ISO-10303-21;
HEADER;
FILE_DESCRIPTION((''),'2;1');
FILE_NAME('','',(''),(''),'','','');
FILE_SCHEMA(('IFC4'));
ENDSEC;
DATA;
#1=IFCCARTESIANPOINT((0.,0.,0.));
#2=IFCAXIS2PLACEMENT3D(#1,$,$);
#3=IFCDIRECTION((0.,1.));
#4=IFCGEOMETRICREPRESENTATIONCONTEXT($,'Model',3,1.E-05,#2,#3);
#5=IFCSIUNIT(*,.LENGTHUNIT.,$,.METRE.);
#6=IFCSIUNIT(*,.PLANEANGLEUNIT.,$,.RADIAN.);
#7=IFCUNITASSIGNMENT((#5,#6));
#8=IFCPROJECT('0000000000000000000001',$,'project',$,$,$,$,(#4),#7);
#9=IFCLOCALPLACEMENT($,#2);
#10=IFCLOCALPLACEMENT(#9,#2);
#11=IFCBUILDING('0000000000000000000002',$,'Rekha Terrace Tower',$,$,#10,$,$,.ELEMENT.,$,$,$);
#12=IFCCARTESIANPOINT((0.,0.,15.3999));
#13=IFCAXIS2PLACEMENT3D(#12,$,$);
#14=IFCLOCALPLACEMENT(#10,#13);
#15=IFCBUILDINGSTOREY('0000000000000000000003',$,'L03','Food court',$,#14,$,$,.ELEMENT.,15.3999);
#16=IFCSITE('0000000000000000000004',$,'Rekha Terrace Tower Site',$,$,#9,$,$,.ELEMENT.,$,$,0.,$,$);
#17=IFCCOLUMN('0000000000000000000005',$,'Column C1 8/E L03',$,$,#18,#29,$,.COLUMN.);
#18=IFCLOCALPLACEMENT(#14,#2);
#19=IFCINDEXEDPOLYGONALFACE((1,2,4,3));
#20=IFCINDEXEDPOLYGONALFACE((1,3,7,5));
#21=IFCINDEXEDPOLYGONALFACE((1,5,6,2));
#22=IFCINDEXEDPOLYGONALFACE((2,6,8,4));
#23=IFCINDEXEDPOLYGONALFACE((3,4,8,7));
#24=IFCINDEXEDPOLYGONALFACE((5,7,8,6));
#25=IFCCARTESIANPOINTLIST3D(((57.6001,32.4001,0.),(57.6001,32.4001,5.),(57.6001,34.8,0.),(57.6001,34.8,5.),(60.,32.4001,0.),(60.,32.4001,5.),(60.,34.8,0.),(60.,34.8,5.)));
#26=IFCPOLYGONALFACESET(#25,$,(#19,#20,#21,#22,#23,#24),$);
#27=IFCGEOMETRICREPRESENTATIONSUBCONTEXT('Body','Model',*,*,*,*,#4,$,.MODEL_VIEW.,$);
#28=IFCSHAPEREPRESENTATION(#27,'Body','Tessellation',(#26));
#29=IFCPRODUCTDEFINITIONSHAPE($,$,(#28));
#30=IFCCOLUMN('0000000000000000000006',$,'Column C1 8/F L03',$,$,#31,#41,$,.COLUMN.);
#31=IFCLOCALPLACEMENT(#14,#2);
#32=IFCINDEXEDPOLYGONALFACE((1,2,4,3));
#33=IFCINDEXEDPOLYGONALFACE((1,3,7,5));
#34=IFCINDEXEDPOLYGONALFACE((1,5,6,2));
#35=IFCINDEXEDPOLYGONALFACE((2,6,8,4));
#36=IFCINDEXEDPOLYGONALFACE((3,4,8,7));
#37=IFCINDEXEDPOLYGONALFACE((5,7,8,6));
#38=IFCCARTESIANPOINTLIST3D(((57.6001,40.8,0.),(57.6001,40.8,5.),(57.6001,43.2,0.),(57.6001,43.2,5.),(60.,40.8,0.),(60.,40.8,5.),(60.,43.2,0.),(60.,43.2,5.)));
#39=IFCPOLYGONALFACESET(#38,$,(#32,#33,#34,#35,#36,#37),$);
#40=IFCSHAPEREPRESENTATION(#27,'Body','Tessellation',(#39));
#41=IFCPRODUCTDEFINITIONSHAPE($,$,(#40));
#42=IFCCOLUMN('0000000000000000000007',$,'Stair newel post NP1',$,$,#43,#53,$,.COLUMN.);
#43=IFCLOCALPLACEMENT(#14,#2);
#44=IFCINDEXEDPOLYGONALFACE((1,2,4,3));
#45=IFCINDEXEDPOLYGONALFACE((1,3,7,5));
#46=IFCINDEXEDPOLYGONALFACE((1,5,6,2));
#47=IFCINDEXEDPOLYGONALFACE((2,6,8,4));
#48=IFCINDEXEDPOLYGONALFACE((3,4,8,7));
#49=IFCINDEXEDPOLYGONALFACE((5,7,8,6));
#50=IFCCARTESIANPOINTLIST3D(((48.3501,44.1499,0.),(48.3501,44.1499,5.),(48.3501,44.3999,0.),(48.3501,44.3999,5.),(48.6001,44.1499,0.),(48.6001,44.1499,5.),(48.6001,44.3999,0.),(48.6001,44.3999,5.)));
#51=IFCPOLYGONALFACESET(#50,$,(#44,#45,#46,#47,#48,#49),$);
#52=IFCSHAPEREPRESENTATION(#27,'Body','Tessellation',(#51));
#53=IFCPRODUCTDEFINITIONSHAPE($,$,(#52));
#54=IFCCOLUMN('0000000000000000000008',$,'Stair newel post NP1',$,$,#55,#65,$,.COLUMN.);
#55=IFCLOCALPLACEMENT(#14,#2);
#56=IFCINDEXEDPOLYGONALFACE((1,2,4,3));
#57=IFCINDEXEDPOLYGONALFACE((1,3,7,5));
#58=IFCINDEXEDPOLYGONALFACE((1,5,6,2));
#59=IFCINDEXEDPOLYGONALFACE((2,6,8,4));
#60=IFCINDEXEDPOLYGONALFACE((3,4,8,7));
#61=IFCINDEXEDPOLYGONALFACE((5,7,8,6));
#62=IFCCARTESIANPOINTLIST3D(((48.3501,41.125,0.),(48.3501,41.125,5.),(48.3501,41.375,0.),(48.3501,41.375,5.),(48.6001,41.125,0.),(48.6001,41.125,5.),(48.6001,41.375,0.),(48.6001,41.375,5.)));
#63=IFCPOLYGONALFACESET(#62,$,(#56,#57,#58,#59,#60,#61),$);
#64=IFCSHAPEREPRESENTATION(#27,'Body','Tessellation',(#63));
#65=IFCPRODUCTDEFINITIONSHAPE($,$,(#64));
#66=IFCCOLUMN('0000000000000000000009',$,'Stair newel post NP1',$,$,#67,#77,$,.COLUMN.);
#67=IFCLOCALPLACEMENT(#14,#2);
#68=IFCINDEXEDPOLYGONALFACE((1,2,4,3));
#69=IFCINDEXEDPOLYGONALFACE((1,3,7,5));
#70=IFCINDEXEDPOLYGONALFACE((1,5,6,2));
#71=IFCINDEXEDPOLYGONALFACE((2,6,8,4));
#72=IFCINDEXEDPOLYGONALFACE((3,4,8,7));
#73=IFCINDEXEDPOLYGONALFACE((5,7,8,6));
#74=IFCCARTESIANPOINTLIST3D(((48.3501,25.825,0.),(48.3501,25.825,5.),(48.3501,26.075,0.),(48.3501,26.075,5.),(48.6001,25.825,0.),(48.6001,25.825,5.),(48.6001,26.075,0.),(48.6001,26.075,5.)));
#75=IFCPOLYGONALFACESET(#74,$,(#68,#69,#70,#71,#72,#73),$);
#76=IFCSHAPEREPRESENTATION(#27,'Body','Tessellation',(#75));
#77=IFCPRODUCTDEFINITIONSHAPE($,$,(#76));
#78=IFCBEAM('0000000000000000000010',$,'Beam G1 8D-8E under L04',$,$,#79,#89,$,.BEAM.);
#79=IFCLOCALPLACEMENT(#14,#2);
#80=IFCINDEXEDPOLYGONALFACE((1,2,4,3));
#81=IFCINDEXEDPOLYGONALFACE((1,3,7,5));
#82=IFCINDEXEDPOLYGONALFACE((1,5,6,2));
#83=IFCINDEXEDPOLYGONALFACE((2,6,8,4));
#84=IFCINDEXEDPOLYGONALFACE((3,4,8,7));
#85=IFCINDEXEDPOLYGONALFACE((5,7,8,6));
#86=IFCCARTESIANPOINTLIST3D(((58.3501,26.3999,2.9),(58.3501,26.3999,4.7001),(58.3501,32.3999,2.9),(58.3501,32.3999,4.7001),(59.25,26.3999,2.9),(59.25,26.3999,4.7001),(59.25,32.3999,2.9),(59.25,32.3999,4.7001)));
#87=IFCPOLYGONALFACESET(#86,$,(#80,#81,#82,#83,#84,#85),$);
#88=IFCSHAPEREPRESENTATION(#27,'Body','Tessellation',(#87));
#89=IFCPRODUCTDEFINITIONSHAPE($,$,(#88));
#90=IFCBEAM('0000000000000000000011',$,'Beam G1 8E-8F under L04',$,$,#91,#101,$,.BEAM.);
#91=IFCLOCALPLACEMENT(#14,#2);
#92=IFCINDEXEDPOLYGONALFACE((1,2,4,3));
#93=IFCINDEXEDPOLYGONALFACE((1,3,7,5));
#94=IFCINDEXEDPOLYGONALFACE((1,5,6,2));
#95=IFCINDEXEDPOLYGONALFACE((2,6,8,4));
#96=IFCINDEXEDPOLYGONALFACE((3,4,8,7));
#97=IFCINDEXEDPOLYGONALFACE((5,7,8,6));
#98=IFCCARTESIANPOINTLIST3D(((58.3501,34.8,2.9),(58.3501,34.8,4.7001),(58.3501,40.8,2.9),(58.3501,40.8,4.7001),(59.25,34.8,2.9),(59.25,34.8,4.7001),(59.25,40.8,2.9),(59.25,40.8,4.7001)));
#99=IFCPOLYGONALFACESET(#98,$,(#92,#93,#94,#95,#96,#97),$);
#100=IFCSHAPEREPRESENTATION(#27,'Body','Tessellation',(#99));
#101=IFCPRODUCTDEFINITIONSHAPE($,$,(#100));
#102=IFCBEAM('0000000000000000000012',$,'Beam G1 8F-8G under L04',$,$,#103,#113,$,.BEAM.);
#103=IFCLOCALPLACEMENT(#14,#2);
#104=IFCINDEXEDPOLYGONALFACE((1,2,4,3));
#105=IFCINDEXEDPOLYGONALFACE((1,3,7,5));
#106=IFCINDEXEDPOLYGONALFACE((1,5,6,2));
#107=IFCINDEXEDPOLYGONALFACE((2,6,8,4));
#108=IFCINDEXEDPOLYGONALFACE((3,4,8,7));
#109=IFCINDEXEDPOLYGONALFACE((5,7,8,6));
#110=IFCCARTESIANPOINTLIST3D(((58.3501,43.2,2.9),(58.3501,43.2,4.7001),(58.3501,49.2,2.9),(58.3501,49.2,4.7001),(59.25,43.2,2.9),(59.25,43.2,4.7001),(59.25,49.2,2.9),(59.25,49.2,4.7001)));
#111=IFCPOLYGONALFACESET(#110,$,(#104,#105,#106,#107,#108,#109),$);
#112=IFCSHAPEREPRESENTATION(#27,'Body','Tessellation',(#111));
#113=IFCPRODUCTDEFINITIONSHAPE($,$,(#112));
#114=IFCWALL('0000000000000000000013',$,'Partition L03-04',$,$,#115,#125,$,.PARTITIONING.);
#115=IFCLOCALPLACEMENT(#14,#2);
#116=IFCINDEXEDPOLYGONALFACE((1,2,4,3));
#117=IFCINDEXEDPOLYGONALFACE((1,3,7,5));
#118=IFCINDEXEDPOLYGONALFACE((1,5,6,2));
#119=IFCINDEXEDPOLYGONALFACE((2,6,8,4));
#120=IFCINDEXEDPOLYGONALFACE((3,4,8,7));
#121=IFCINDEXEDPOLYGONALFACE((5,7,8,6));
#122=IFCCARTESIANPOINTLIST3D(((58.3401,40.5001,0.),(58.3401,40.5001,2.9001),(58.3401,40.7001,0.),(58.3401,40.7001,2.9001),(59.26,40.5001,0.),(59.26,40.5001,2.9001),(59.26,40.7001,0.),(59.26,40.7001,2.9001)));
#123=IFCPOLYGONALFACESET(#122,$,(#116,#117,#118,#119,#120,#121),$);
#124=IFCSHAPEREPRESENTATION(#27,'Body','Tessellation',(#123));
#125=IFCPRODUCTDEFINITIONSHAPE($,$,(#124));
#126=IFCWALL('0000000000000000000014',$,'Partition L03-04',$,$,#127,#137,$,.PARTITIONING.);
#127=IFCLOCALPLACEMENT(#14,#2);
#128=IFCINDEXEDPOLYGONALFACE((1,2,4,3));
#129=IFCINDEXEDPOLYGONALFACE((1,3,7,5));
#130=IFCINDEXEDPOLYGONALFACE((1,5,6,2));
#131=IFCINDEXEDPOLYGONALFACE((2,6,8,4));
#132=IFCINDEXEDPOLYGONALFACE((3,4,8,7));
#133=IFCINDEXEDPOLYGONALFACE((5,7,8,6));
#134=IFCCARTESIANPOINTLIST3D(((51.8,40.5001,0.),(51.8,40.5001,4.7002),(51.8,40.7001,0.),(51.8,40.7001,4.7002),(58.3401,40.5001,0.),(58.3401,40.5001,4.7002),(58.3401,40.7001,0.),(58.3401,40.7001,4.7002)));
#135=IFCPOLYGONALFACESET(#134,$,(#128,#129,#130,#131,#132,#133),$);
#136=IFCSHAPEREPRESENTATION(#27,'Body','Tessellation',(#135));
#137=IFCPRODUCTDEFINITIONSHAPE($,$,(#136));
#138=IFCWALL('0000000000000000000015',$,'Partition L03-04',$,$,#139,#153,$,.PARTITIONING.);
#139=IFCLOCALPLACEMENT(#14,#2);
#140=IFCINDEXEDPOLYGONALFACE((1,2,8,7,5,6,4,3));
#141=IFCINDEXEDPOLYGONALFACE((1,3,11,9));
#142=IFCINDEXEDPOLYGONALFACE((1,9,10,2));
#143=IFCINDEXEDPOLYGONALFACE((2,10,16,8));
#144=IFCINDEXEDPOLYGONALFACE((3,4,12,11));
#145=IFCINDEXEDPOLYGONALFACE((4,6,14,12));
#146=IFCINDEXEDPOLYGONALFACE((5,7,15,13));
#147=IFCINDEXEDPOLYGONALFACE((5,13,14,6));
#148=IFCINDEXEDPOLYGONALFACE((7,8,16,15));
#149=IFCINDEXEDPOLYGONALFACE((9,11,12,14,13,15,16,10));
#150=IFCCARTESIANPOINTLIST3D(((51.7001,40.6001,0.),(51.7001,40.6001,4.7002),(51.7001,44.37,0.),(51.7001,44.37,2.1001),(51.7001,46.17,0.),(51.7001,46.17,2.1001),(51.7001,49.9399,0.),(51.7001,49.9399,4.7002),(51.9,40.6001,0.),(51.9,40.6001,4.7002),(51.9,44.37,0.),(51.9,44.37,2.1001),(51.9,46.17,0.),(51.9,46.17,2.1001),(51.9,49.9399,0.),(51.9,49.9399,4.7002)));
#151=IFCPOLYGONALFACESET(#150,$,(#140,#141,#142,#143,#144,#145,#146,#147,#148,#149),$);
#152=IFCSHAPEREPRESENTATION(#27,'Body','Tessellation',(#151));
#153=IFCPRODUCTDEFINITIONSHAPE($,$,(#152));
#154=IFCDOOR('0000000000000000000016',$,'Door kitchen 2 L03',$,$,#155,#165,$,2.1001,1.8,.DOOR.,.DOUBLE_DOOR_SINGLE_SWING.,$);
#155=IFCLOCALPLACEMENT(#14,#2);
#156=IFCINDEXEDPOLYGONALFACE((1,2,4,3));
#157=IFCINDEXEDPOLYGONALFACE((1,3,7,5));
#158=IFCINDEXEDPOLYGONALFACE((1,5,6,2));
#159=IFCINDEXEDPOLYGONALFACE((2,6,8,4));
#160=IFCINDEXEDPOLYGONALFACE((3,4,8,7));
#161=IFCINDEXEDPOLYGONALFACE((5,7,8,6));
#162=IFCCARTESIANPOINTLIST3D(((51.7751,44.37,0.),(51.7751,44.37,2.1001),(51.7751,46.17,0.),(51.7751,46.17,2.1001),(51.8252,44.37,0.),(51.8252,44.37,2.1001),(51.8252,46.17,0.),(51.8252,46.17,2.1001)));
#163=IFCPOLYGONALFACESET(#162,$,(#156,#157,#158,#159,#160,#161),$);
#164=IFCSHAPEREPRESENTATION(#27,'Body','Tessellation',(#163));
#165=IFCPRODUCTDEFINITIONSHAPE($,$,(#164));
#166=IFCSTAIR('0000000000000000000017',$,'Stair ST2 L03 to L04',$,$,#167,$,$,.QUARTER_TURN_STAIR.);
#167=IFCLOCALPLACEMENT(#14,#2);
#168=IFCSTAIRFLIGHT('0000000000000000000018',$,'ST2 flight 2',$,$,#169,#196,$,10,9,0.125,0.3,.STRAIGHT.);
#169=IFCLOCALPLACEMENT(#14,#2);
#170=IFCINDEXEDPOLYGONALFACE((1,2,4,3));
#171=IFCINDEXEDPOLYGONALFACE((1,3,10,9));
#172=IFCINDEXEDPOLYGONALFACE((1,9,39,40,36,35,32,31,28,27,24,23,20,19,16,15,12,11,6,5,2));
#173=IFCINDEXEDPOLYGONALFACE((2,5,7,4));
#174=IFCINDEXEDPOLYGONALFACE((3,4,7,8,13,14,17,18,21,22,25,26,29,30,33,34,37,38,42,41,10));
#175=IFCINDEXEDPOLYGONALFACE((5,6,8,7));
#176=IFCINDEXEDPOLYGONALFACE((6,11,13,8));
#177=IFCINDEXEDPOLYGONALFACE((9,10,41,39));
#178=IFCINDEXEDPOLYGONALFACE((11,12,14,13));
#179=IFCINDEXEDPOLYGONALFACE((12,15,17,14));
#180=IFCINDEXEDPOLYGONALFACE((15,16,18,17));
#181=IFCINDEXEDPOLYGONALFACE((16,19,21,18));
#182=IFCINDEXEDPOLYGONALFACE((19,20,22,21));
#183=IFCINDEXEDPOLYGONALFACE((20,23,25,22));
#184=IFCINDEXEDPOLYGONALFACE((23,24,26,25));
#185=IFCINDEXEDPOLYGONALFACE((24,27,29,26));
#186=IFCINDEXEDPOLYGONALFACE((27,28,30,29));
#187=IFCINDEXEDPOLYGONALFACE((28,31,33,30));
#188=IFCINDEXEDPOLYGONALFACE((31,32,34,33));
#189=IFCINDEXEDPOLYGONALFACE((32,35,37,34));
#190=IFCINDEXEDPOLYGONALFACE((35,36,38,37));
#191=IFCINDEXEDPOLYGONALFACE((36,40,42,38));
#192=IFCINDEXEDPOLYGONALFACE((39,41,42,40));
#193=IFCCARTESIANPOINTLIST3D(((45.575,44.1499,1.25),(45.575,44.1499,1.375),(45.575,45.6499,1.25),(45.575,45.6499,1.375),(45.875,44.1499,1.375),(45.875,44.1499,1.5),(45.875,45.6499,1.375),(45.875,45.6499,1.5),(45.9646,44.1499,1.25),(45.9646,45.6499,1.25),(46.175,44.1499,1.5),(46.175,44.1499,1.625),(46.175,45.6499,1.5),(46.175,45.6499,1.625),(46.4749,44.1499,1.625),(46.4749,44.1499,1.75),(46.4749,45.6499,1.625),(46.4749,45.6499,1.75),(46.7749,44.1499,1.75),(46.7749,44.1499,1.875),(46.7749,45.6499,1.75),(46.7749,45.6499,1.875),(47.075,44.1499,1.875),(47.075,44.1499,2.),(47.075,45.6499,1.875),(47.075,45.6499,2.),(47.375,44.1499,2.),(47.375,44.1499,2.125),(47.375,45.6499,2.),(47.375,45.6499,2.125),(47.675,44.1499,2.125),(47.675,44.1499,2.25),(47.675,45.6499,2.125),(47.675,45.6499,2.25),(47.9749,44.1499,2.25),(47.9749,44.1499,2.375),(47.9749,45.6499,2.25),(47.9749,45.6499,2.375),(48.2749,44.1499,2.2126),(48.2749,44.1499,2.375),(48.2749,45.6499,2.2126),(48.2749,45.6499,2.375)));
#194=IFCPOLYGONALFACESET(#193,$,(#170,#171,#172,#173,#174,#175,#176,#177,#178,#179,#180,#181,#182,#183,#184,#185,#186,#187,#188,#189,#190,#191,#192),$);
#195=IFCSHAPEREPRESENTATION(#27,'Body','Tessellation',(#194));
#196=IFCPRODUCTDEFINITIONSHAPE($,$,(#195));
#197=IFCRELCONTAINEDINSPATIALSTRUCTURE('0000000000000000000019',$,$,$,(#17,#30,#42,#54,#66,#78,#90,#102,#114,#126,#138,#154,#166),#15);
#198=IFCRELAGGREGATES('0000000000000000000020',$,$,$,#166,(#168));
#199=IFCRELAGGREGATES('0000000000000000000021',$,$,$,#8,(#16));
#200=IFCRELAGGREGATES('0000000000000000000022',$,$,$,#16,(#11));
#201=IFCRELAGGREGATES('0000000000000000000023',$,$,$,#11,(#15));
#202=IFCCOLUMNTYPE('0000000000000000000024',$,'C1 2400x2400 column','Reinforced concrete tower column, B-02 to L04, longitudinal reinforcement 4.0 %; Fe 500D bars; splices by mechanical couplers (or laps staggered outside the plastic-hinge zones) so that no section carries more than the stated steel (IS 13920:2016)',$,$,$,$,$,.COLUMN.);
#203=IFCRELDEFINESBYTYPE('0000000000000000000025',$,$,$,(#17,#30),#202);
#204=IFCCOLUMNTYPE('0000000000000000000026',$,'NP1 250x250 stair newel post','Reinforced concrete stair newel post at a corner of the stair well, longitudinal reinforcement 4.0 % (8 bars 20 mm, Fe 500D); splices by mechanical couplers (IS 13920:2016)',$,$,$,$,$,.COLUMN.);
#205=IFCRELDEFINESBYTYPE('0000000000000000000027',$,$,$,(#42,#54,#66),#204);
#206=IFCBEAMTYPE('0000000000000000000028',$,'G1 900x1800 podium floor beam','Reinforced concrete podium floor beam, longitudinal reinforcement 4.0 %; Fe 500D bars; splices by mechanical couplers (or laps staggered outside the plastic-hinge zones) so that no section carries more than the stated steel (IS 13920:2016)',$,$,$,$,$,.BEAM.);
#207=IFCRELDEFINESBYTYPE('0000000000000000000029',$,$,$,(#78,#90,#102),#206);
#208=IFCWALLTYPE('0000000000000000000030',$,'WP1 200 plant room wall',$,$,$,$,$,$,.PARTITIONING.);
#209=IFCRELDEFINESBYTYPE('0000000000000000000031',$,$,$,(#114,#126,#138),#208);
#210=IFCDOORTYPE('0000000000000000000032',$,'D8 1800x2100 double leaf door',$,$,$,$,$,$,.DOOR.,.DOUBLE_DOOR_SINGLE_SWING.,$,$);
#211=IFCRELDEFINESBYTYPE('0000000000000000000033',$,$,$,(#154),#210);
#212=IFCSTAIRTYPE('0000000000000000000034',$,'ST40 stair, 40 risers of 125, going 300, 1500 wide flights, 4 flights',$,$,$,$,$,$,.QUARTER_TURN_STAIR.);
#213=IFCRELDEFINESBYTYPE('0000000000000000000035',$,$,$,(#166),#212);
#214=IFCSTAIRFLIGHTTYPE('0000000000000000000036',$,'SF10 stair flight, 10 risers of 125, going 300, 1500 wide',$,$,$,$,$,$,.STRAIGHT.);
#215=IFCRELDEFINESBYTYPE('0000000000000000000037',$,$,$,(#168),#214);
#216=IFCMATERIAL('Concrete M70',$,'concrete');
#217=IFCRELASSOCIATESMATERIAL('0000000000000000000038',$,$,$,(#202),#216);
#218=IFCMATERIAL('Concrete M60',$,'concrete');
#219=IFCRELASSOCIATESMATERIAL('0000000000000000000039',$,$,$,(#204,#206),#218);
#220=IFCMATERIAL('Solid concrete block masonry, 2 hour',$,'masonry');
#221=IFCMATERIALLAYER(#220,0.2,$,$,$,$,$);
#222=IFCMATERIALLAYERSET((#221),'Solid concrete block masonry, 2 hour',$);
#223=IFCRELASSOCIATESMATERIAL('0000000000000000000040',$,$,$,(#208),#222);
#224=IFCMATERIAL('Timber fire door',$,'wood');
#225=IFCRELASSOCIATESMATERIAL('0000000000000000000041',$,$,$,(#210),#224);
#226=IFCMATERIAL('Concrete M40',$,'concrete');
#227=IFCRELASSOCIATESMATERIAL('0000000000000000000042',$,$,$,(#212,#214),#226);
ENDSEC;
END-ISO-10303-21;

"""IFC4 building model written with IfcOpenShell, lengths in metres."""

from ifc_helpers import new_model, si_unit, direction, frame, frame_2d, origin, origin_2d, place, context, subcontext, project, spatial, polyline, rectangle, outline, extrude, material, layer, layer_set, material_profile, profile_set, type_object, element, fill, aggregate, save


model = new_model("IFC4")

# Units and contexts
model_context = context("Model", 3, precision=1e-05, world=origin(), true_north=direction((0.0, 1.0)))
body_context = subcontext(model_context, "Body", "Model", "MODEL_VIEW")
ifc_project = project(units=[si_unit("LENGTHUNIT", "METRE"), si_unit("PLANEANGLEUNIT", "RADIAN")], contexts=[model_context])

# Site, building, storey
site_placement = place(None, origin())
site = spatial("IfcSite", under=ifc_project, at=site_placement, Name="Rekha Terrace Tower Site", CompositionType="ELEMENT", RefElevation=0.0)
building_placement = place(site_placement, origin())
building = spatial("IfcBuilding", under=site, at=building_placement, Name="Rekha Terrace Tower", CompositionType="ELEMENT")
storey_placement = place(building_placement, frame((0.0, 0.0, 15.3999)))
storey = spatial("IfcBuildingStorey", under=building, at=storey_placement, Name="L03", Description="Food court", CompositionType="ELEMENT", Elevation=15.3999)

# Columns
ifc_material_1 = material(Name="Concrete M70", Category="concrete")
ifc_material_profile_1 = material_profile(ifc_material_1, rectangle(XDim=2.3999, YDim=2.3999, at=origin_2d()), Name="RC 2400x2400")
ifc_profile_set_1 = profile_set([ifc_material_profile_1], Name="Concrete M70")
column_type_1 = type_object("IfcColumnType", Name="C1 2400x2400 column", Description="Reinforced concrete tower column, B-02 to L04, longitudinal reinforcement 4.0 %; Fe 500D bars; splices by mechanical couplers (or laps staggered outside the plastic-hinge zones) so that no section carries more than the stated steel (IS 13920:2016)", PredefinedType="COLUMN", material=ifc_profile_set_1)
for number, where, z_axis, x_axis, name in (
    (1, (58.8, 33.6001, 0.0), (0.0, 0.0, 1.0), (1.0, 0.0, 0.0), "Column C1 8/E L03"),
    (2, (58.8, 42.0, 0.0), (0.0, 0.0, 1.0), (1.0, 0.0, 0.0), "Column C1 8/F L03"),
):
    element("IfcColumn", number, at=place(storey_placement, frame(where, z_axis=z_axis, x_axis=x_axis)), inside=storey, type_object=column_type_1, Name=name, PredefinedType="COLUMN", context=body_context, shape_type="SweptSolid", body=[
        extrude(rectangle(XDim=2.3999, YDim=2.3999, at=origin_2d()), origin(), (0.0, 0.0, 1.0), 5.0),
    ])
ifc_material_2 = material(Name="Concrete M60", Category="concrete")
ifc_material_profile_2 = material_profile(ifc_material_2, rectangle(XDim=0.25, YDim=0.25, at=origin_2d()), Name="RC 250x250")
ifc_profile_set_2 = profile_set([ifc_material_profile_2], Name="Concrete M60")
column_type_2 = type_object("IfcColumnType", Name="NP1 250x250 stair newel post", Description="Reinforced concrete stair newel post at a corner of the stair well, longitudinal reinforcement 4.0 % (8 bars 20 mm, Fe 500D); splices by mechanical couplers (IS 13920:2016)", PredefinedType="COLUMN", material=ifc_profile_set_2)
for number, where, z_axis, x_axis, name in (
    (3, (48.4751, 44.2749, 0.0), (0.0, 0.0, 1.0), (1.0, 0.0, 0.0), "Stair newel post NP1"),
    (4, (48.4751, 41.25, 0.0), (0.0, 0.0, 1.0), (1.0, 0.0, 0.0), "Stair newel post NP1"),
    (5, (48.4751, 25.95, 0.0), (0.0, 0.0, 1.0), (1.0, 0.0, 0.0), "Stair newel post NP1"),
):
    element("IfcColumn", number, at=place(storey_placement, frame(where, z_axis=z_axis, x_axis=x_axis)), inside=storey, type_object=column_type_2, Name=name, PredefinedType="COLUMN", context=body_context, shape_type="SweptSolid", body=[
        extrude(rectangle(XDim=0.25, YDim=0.25, at=origin_2d()), origin(), (0.0, 0.0, 1.0), 5.0),
    ])

# Beams
ifc_material_profile_3 = material_profile(ifc_material_2, rectangle(XDim=0.8999, YDim=1.8, at=origin_2d()), Name="RC 900x1800")
ifc_profile_set_3 = profile_set([ifc_material_profile_3], Name="Concrete M60")
beam_type = type_object("IfcBeamType", Name="G1 900x1800 podium floor beam", Description="Reinforced concrete podium floor beam, longitudinal reinforcement 4.0 %; Fe 500D bars; splices by mechanical couplers (or laps staggered outside the plastic-hinge zones) so that no section carries more than the stated steel (IS 13920:2016)", PredefinedType="BEAM", material=ifc_profile_set_3)
for number, where, z_axis, x_axis, name in (
    (6, (58.8, 26.3999, 3.8), (0.0, 1.0, 0.0), (-1.0, 0.0, 0.0), "Beam G1 8D-8E under L04"),
    (7, (58.8, 34.8, 3.8), (0.0, 1.0, 0.0), (-1.0, 0.0, 0.0), "Beam G1 8E-8F under L04"),
    (8, (58.8, 43.2, 3.8), (0.0, 1.0, 0.0), (-1.0, 0.0, 0.0), "Beam G1 8F-8G under L04"),
):
    element("IfcBeam", number, at=place(storey_placement, frame(where, z_axis=z_axis, x_axis=x_axis)), inside=storey, type_object=beam_type, Name=name, PredefinedType="BEAM", context=body_context, shape_type="SweptSolid", body=[
        extrude(rectangle(XDim=0.8999, YDim=1.8, at=origin_2d()), origin(), (0.0, 0.0, 1.0), 6.0),
    ])

# Walls
ifc_material_3 = material(Name="Solid concrete block masonry, 2 hour", Category="masonry")
ifc_layer = layer(ifc_material_3, 0.2)
ifc_layer_set = layer_set([ifc_layer], Name="Solid concrete block masonry, 2 hour")
wall_type = type_object("IfcWallType", Name="WP1 200 plant room wall", PredefinedType="PARTITIONING", material=ifc_layer_set)
wall_1_placement = place(storey_placement, frame((59.26, 40.6001, 0.0), z_axis=(0.0, 0.0, 1.0), x_axis=(-1.0, 0.0, 0.0)))
element("IfcWall", 9, at=wall_1_placement, inside=storey, type_object=wall_type, Name="Partition L03-04", PredefinedType="PARTITIONING", context=body_context, shape_type="SweptSolid", body=[
    extrude(rectangle(XDim=0.9199, YDim=0.2, at=frame_2d((0.46, 0.0))), origin(), (0.0, 0.0, 1.0), 2.9001),
])
wall_2_placement = place(storey_placement, frame((58.3401, 40.6001, 0.0), z_axis=(0.0, 0.0, 1.0), x_axis=(-1.0, 0.0, 0.0)))
element("IfcWall", 10, at=wall_2_placement, inside=storey, type_object=wall_type, Name="Partition L03-04", PredefinedType="PARTITIONING", context=body_context, shape_type="SweptSolid", body=[
    extrude(rectangle(XDim=6.54, YDim=0.2, at=frame_2d((3.27, 0.0))), origin(), (0.0, 0.0, 1.0), 4.7002),
])

# Wall, opening, door
wall_3_placement = place(storey_placement, frame((51.8, 40.6001, 0.0), z_axis=(0.0, 0.0, 1.0), x_axis=(0.0, 1.0, 0.0)))
wall_3 = element("IfcWall", 11, at=wall_3_placement, inside=storey, type_object=wall_type, Name="Partition L03-04", PredefinedType="PARTITIONING", context=body_context, shape_type="SweptSolid", body=[
    extrude(rectangle(XDim=9.3398, YDim=0.2, at=frame_2d((4.6699, 0.0))), origin(), (0.0, 0.0, 1.0), 4.7002),
])
opening_placement = place(wall_3_placement, frame((3.77, 0.0, 0.0)))
opening = element("IfcOpeningElement", 12, at=opening_placement, cuts=wall_3, PredefinedType="OPENING", context=body_context, shape_type="SweptSolid", body=[
    extrude(rectangle(XDim=1.8, YDim=2.1001, at=frame_2d((0.8999, 1.05))), frame((0.0, 0.1099, 0.0), z_axis=(0.0, -1.0, 0.0), x_axis=(1.0, 0.0, 0.0)), (0.0, 0.0, 1.0), 0.22),
])
ifc_material_4 = material(Name="Timber fire door", Category="wood")
door_type = type_object("IfcDoorType", Name="D8 1800x2100 double leaf door", OperationType="DOUBLE_DOOR_SINGLE_SWING", PredefinedType="DOOR", material=ifc_material_4)
door_placement = place(opening_placement, origin())
door = element("IfcDoor", 13, at=door_placement, inside=storey, type_object=door_type, Name="Door kitchen 2 L03", OperationType="DOUBLE_DOOR_SINGLE_SWING", OverallHeight=2.1001, OverallWidth=1.8, PredefinedType="DOOR", context=body_context, shape_type="SweptSolid", body=[
    extrude(rectangle(XDim=1.8, YDim=2.1001, at=frame_2d((0.8999, 1.05))), frame((0.0, 0.0249, 0.0), z_axis=(0.0, -1.0, 0.0), x_axis=(1.0, 0.0, 0.0)), (0.0, 0.0, 1.0), 0.05),
])
fill(opening, door)

# Stair, stair flight
ifc_material_5 = material(Name="Concrete M40", Category="concrete")
stair_type = type_object("IfcStairType", Name="ST40 stair, 40 risers of 125, going 300, 1500 wide flights, 4 flights", PredefinedType="QUARTER_TURN_STAIR", material=ifc_material_5)
stair_placement = place(storey_placement, origin())
stair = element("IfcStair", 14, at=stair_placement, inside=storey, type_object=stair_type, Name="Stair ST2 L03 to L04", PredefinedType="QUARTER_TURN_STAIR")
stair_flight_type = type_object("IfcStairFlightType", Name="SF10 stair flight, 10 risers of 125, going 300, 1500 wide", PredefinedType="STRAIGHT", material=ifc_material_5)
stair_flight_1_placement = place(storey_placement, frame((45.575, 44.8999, 1.25), z_axis=(0.0, 0.0, 1.0), x_axis=(1.0, 0.0, 0.0)))
stair_flight_1 = element("IfcStairFlight", 15, at=stair_flight_1_placement, type_object=stair_flight_type, Name="ST2 flight 2", NumberOfRisers=10, NumberOfTreads=9, PredefinedType="STRAIGHT", RiserHeight=0.125, TreadLength=0.3, context=body_context, shape_type="SweptSolid", body=[
    extrude(outline(polyline([(0.0, 0.0), (0.0, 0.125), (0.3, 0.125), (0.3, 0.25), (0.6001, 0.25), (0.6001, 0.375), (0.8999, 0.375), (0.8999, 0.5), (1.2, 0.5), (1.2, 0.625), (1.5, 0.625), (1.5, 0.75), (1.8, 0.75), (1.8, 0.875), (2.1001, 0.875), (2.1001, 1.0), (2.3999, 1.0), (2.3999, 1.125), (2.7, 1.125), (2.7, 1.25), (2.7, 0.9626), (0.3896, 0.0), (0.0, 0.0)])), frame((0.0, 0.75, 0.0), z_axis=(0.0, -1.0, 0.0), x_axis=(1.0, 0.0, 0.0)), (0.0, 0.0, 1.0), 1.5),
])
aggregate(stair, [stair_flight_1])

save(model, "model.ifc")
